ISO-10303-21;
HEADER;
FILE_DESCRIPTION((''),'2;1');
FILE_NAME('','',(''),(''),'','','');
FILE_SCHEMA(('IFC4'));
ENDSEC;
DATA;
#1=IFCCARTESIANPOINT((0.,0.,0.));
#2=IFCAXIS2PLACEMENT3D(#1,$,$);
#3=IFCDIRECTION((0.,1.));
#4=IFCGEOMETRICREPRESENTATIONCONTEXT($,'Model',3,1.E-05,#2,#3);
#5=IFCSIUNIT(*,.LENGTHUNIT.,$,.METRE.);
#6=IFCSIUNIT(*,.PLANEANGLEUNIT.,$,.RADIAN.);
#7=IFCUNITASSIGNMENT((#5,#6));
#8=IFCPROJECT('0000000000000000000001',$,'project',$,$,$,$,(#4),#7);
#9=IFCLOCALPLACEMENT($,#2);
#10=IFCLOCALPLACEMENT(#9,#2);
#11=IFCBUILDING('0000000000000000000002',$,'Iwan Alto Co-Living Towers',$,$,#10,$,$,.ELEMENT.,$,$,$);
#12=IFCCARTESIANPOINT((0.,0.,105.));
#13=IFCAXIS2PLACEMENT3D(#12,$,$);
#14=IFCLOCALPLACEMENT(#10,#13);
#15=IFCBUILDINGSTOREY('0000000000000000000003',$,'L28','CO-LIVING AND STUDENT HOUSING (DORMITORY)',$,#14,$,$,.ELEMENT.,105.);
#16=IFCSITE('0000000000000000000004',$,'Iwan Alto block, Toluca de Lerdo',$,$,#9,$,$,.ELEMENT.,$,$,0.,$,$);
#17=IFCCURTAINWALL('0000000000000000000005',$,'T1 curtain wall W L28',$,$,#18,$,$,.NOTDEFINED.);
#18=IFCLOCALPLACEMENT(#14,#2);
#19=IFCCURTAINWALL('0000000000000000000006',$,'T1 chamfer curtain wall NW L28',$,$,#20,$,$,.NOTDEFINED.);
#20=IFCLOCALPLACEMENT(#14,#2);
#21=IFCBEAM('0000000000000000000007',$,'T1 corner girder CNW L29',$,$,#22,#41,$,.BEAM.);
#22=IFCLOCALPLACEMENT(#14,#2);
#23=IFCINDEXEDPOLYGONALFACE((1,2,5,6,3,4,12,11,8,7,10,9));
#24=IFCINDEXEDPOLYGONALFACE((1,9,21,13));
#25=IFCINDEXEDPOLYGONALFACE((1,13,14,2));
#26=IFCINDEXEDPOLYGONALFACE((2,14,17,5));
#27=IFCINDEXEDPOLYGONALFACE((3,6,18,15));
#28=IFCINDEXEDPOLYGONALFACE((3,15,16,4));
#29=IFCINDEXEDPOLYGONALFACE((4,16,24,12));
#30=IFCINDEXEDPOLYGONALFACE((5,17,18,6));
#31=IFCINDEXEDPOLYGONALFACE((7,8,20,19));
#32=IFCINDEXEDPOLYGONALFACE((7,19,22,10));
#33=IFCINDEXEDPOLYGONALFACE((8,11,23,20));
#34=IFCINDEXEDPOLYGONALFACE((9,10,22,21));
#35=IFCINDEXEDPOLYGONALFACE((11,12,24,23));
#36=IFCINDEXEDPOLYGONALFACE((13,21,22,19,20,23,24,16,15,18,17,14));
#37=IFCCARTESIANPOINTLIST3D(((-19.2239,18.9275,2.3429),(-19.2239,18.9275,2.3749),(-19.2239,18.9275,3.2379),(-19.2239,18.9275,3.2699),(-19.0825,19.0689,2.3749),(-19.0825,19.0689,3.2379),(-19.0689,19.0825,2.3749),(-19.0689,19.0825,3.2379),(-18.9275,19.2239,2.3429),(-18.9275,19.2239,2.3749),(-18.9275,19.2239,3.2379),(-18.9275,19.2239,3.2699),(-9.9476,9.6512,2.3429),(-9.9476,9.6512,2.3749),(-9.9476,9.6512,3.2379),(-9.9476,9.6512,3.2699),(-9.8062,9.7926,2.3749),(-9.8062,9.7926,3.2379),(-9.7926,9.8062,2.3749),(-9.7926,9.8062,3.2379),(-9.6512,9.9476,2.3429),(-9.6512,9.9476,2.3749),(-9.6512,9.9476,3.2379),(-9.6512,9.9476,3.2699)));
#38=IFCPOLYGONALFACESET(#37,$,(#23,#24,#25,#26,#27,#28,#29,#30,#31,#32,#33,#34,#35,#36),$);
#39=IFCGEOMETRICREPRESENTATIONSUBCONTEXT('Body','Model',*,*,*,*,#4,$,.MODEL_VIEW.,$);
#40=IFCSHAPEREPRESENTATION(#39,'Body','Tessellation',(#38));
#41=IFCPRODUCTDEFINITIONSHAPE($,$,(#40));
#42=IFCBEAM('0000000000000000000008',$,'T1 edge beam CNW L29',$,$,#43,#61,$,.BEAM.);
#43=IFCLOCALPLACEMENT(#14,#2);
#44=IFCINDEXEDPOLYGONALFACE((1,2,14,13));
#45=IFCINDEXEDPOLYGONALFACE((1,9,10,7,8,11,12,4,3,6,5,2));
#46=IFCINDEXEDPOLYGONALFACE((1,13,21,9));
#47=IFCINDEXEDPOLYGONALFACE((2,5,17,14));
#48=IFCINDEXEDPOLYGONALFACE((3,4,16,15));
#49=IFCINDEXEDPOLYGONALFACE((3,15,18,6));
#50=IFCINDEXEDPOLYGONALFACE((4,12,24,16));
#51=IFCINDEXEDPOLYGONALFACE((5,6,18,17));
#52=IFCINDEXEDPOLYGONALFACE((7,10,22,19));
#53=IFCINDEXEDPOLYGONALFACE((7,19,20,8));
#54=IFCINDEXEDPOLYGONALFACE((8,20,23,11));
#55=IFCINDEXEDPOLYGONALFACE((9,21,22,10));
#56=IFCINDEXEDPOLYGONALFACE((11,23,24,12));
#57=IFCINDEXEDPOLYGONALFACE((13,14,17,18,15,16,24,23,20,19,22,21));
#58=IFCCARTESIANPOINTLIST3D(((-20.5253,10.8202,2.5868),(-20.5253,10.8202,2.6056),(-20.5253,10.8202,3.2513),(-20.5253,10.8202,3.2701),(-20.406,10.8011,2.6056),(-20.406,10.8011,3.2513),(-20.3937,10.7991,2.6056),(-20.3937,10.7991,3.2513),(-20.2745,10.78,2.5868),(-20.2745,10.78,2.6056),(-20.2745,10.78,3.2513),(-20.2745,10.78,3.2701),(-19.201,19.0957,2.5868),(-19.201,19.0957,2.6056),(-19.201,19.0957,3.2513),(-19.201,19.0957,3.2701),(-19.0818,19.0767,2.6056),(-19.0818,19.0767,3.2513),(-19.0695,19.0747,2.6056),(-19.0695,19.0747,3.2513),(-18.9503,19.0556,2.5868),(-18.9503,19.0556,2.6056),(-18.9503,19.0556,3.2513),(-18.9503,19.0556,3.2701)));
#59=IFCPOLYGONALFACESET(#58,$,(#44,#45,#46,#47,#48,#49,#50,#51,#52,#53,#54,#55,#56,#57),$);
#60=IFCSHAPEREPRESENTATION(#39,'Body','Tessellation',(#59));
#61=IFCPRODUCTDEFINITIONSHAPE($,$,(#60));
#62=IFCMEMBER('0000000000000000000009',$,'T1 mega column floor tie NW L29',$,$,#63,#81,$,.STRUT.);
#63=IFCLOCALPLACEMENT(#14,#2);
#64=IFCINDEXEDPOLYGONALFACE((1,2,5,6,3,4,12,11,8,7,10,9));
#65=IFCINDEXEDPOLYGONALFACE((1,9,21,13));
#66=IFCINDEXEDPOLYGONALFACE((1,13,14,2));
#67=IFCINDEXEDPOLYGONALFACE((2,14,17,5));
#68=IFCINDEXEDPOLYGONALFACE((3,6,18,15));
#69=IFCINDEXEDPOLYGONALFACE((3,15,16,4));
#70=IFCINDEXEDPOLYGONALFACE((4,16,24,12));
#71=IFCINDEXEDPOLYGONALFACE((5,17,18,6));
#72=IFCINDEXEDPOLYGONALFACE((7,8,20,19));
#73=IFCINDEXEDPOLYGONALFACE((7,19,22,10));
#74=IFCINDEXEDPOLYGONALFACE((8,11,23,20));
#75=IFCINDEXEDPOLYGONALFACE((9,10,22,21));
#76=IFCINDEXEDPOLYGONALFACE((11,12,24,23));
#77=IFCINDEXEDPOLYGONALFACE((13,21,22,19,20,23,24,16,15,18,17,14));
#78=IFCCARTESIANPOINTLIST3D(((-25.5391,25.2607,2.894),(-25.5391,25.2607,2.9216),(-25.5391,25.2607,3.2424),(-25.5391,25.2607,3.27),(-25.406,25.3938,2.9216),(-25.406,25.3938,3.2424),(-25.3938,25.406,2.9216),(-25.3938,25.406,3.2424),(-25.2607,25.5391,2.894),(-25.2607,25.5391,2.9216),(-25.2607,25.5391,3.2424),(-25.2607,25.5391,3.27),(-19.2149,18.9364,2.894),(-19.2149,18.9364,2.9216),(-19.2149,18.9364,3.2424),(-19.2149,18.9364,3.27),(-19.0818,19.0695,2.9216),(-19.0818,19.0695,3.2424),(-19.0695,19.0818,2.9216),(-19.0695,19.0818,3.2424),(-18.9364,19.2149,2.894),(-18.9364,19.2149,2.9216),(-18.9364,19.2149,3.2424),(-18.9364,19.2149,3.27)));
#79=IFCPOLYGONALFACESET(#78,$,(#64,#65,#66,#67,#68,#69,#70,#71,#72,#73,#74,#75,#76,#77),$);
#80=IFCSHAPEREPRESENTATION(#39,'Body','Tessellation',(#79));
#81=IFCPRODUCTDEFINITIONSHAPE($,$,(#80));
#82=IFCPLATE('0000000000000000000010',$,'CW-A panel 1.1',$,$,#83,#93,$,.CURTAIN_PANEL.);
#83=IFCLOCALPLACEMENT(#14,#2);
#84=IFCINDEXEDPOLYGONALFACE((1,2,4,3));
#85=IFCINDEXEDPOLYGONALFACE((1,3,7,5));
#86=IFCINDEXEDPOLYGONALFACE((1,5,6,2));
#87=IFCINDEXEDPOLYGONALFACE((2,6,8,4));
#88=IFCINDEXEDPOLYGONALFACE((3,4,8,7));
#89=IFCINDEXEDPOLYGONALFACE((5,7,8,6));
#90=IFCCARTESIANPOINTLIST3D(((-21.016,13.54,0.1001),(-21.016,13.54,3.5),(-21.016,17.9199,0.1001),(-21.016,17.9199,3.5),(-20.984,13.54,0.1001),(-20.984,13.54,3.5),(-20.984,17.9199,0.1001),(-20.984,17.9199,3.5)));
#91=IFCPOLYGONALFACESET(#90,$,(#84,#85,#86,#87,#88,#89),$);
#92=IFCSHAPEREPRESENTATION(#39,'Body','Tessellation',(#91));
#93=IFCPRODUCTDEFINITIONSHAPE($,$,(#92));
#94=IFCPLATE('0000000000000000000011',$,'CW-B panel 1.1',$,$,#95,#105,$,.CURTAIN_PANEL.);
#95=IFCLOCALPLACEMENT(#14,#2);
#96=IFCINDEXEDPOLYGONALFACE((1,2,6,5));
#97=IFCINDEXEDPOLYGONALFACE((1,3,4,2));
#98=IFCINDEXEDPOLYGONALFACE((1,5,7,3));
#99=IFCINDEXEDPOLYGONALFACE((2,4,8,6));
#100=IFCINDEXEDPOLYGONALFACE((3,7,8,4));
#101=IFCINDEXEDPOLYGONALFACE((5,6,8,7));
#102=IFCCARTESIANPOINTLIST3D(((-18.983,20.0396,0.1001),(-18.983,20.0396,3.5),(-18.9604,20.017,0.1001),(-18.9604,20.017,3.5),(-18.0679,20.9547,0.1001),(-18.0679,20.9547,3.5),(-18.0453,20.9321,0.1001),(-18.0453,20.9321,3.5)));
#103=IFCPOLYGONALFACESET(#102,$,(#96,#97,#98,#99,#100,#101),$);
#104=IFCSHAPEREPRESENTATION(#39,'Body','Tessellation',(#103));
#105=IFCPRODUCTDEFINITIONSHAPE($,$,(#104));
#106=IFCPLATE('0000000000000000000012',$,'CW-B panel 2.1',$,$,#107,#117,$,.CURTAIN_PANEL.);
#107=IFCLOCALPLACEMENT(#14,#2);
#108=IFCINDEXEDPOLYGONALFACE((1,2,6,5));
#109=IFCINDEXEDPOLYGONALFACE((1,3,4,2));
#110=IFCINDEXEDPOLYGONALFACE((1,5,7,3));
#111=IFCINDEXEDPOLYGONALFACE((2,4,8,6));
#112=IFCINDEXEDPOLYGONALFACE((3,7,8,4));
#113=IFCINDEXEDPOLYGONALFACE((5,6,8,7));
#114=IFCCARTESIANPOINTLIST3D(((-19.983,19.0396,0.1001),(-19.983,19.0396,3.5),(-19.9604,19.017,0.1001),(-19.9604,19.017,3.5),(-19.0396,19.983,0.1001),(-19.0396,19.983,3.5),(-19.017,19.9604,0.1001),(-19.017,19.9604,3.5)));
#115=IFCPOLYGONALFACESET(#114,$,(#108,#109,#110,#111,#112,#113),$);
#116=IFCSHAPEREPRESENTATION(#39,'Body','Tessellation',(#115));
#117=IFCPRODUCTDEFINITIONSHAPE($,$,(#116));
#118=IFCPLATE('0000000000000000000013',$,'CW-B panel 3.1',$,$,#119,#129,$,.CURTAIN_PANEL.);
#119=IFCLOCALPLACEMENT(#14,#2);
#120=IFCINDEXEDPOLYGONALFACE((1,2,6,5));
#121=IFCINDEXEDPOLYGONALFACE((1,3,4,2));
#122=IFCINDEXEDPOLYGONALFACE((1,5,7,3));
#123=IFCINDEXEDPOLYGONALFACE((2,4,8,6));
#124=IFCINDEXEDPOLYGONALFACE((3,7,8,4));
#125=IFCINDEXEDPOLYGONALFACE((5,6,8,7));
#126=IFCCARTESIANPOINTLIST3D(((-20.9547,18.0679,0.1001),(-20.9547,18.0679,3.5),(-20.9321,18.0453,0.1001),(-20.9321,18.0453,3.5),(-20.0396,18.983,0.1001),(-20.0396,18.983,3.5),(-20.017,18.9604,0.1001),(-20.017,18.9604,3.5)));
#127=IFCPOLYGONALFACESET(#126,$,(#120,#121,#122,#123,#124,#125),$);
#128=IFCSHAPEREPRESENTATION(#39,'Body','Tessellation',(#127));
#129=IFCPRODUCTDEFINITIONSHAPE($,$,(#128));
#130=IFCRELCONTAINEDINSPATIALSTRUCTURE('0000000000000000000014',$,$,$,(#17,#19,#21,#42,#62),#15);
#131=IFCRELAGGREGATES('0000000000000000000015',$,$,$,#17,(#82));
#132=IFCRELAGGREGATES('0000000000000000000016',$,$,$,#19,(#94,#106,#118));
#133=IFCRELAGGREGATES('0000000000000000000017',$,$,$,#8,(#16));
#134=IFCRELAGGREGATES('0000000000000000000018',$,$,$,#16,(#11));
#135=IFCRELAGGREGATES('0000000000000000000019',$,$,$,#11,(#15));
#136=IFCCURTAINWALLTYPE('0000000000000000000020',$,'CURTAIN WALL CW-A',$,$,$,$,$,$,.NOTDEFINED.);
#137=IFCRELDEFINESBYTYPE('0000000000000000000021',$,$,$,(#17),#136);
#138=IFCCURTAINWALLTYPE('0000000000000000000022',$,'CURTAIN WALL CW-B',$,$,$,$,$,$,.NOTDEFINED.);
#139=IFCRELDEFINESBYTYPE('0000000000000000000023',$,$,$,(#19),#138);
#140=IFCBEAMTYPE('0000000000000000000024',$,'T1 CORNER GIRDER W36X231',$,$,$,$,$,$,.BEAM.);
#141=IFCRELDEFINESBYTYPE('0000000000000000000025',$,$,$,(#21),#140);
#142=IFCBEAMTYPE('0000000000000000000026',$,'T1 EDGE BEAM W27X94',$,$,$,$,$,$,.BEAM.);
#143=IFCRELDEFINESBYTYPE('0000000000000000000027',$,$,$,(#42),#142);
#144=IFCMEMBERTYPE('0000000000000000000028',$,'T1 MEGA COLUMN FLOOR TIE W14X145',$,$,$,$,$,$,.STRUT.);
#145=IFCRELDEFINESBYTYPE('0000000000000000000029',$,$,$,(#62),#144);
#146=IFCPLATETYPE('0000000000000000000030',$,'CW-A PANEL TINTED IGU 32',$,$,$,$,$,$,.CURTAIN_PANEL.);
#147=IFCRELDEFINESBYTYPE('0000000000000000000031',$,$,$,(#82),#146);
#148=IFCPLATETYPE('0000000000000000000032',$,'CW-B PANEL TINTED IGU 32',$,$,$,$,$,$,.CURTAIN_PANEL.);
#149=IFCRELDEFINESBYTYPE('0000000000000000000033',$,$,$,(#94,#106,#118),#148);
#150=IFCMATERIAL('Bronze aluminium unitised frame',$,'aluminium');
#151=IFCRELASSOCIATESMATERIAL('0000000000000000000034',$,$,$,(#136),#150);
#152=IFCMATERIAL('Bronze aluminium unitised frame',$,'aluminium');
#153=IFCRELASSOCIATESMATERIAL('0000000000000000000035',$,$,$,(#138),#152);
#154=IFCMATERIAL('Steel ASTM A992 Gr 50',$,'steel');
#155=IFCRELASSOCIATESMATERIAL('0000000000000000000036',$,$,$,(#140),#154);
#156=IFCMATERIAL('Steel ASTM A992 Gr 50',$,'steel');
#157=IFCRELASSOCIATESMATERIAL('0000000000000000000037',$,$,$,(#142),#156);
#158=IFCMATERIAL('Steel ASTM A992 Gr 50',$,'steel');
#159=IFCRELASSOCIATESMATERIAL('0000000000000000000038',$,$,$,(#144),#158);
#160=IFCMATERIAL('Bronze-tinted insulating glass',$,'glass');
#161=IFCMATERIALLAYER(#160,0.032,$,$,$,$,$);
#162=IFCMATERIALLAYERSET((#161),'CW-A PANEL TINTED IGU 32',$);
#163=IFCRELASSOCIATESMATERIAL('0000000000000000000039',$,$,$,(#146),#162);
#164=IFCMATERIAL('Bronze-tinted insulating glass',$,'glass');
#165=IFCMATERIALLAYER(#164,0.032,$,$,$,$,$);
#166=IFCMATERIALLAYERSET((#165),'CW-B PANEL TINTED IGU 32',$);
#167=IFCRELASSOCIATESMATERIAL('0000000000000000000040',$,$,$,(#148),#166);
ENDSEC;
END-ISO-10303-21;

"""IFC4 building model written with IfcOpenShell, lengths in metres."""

from ifc_helpers import new_model, si_unit, direction, frame, origin, origin_2d, place, context, subcontext, project, spatial, rectangle, i_section, extrude, material, layer, layer_set, material_profile, profile_set, type_object, element, aggregate, save


model = new_model("IFC4")

# Units and contexts
model_context = context("Model", 3, precision=1e-05, world=origin(), true_north=direction((0.0, 1.0)))
body_context = subcontext(model_context, "Body", "Model", "MODEL_VIEW")
ifc_project = project(units=[si_unit("LENGTHUNIT", "METRE"), si_unit("PLANEANGLEUNIT", "RADIAN")], contexts=[model_context])

# Site, building, storey
site_placement = place(None, origin())
site = spatial("IfcSite", under=ifc_project, at=site_placement, Name="Iwan Alto block, Toluca de Lerdo", CompositionType="ELEMENT", RefElevation=0.0)
building_placement = place(site_placement, origin())
building = spatial("IfcBuilding", under=site, at=building_placement, Name="Iwan Alto Co-Living Towers", CompositionType="ELEMENT")
storey_placement = place(building_placement, frame((0.0, 0.0, 105.0)))
storey = spatial("IfcBuildingStorey", under=building, at=storey_placement, Name="L28", Description="CO-LIVING AND STUDENT HOUSING (DORMITORY)", CompositionType="ELEMENT", Elevation=105.0)

# Shared definitions
ifc_material_1 = material(Name="Bronze aluminium unitised frame", Category="aluminium")
curtain_wall_type_1 = type_object("IfcCurtainWallType", Name="CURTAIN WALL CW-A", PredefinedType="NOTDEFINED", material=ifc_material_1)

# Curtain walls
curtain_wall_1_placement = place(storey_placement, origin())
curtain_wall_1 = element("IfcCurtainWall", 1, at=curtain_wall_1_placement, inside=storey, type_object=curtain_wall_type_1, Name="T1 curtain wall W L28", PredefinedType="NOTDEFINED")
ifc_material_2 = material(Name="Bronze aluminium unitised frame", Category="aluminium")
curtain_wall_type_2 = type_object("IfcCurtainWallType", Name="CURTAIN WALL CW-B", PredefinedType="NOTDEFINED", material=ifc_material_2)
curtain_wall_2_placement = place(storey_placement, origin())
curtain_wall_2 = element("IfcCurtainWall", 2, at=curtain_wall_2_placement, inside=storey, type_object=curtain_wall_type_2, Name="T1 chamfer curtain wall NW L28", PredefinedType="NOTDEFINED")

# Beams
ifc_material_3 = material(Name="Steel ASTM A992 Gr 50", Category="steel")
ifc_material_profile_1 = material_profile(ifc_material_3, i_section(OverallWidth=0.4192, OverallDepth=0.927, WebThickness=0.0193, FlangeThickness=0.032, at=origin_2d()), Name="W36X231")
ifc_profile_set_1 = profile_set([ifc_material_profile_1], Name="Steel ASTM A992 Gr 50")
beam_type_1 = type_object("IfcBeamType", Name="T1 CORNER GIRDER W36X231", PredefinedType="BEAM", material=ifc_profile_set_1)
beam_1_placement = place(storey_placement, frame((-19.0757, 19.0757, 2.8064), z_axis=(0.707107, -0.707107, 0.0), x_axis=(0.707107, 0.707107, 0.0)))
element("IfcBeam", 3, at=beam_1_placement, inside=storey, type_object=beam_type_1, Name="T1 corner girder CNW L29", PredefinedType="BEAM", context=body_context, shape_type="SweptSolid", body=[
    extrude(i_section(OverallWidth=0.4192, OverallDepth=0.927, WebThickness=0.0193, FlangeThickness=0.032, at=origin_2d()), origin(), (0.0, 0.0, 1.0), 13.1187),
])
ifc_material_4 = material(Name="Steel ASTM A992 Gr 50", Category="steel")
ifc_material_profile_2 = material_profile(ifc_material_4, i_section(OverallWidth=0.2539, OverallDepth=0.6833, WebThickness=0.0125, FlangeThickness=0.0188, at=origin_2d()), Name="W27X94")
ifc_profile_set_2 = profile_set([ifc_material_profile_2], Name="Steel ASTM A992 Gr 50")
beam_type_2 = type_object("IfcBeamType", Name="T1 EDGE BEAM W27X94", PredefinedType="BEAM", material=ifc_profile_set_2)
beam_2_placement = place(storey_placement, frame((-19.0757, 19.0757, 2.9285), z_axis=(-0.158004, -0.987438, 0.0), x_axis=(0.987438, -0.158004, 0.0)))
element("IfcBeam", 4, at=beam_2_placement, inside=storey, type_object=beam_type_2, Name="T1 edge beam CNW L29", PredefinedType="BEAM", context=body_context, shape_type="SweptSolid", body=[
    extrude(i_section(OverallWidth=0.2539, OverallDepth=0.6833, WebThickness=0.0125, FlangeThickness=0.0188, at=origin_2d()), origin(), (0.0, 0.0, 1.0), 8.3809),
])

# Member
ifc_material_5 = material(Name="Steel ASTM A992 Gr 50", Category="steel")
ifc_material_profile_3 = material_profile(ifc_material_5, i_section(OverallWidth=0.3938, OverallDepth=0.376, WebThickness=0.0173, FlangeThickness=0.0276, at=origin_2d()), Name="W14X145")
ifc_profile_set_3 = profile_set([ifc_material_profile_3], Name="Steel ASTM A992 Gr 50")
member_type_1 = type_object("IfcMemberType", Name="T1 MEGA COLUMN FLOOR TIE W14X145", PredefinedType="STRUT", material=ifc_profile_set_3)
member_1_placement = place(storey_placement, frame((-25.3999, 25.3999, 3.082), z_axis=(0.707107, -0.707107, 0.0), x_axis=(0.707107, 0.707107, 0.0)))
element("IfcMember", 5, at=member_1_placement, inside=storey, type_object=member_type_1, Name="T1 mega column floor tie NW L29", PredefinedType="STRUT", context=body_context, shape_type="SweptSolid", body=[
    extrude(i_section(OverallWidth=0.3938, OverallDepth=0.376, WebThickness=0.0173, FlangeThickness=0.0276, at=origin_2d()), origin(), (0.0, 0.0, 1.0), 8.9438),
])

# Plates
ifc_material_6 = material(Name="Bronze-tinted insulating glass", Category="glass")
ifc_layer_1 = layer(ifc_material_6, 0.032)
ifc_layer_set_1 = layer_set([ifc_layer_1], Name="CW-A PANEL TINTED IGU 32")
plate_type_1 = type_object("IfcPlateType", Name="CW-A PANEL TINTED IGU 32", PredefinedType="CURTAIN_PANEL", material=ifc_layer_set_1)
plate_1_placement = place(storey_placement, frame((-21.0, 15.73, 0.1001), z_axis=(0.0, 0.0, 1.0), x_axis=(0.0, -1.0, 0.0)))
plate_1 = element("IfcPlate", 6, at=plate_1_placement, type_object=plate_type_1, Name="CW-A panel 1.1", PredefinedType="CURTAIN_PANEL", context=body_context, shape_type="SweptSolid", body=[
    extrude(rectangle(XDim=4.3799, YDim=0.032, at=origin_2d()), origin(), (0.0, 0.0, 1.0), 3.3999),
])
aggregate(curtain_wall_1, [plate_1])
ifc_material_7 = material(Name="Bronze-tinted insulating glass", Category="glass")
ifc_layer_2 = layer(ifc_material_7, 0.032)
ifc_layer_set_2 = layer_set([ifc_layer_2], Name="CW-B PANEL TINTED IGU 32")
plate_type_2 = type_object("IfcPlateType", Name="CW-B PANEL TINTED IGU 32", PredefinedType="CURTAIN_PANEL", material=ifc_layer_set_2)
plate_2_placement = place(storey_placement, frame((-18.5142, 20.4858, 0.1001), z_axis=(0.0, 0.0, 1.0), x_axis=(-0.707107, -0.707107, 0.0)))
plate_2 = element("IfcPlate", 7, at=plate_2_placement, type_object=plate_type_2, Name="CW-B panel 1.1", PredefinedType="CURTAIN_PANEL", context=body_context, shape_type="SweptSolid", body=[
    extrude(rectangle(XDim=1.2942, YDim=0.032, at=origin_2d()), origin(), (0.0, 0.0, 1.0), 3.3999),
])
plate_3_placement = place(storey_placement, frame((-19.5, 19.5, 0.1001), z_axis=(0.0, 0.0, 1.0), x_axis=(-0.707107, -0.707107, 0.0)))
plate_3 = element("IfcPlate", 8, at=plate_3_placement, type_object=plate_type_2, Name="CW-B panel 2.1", PredefinedType="CURTAIN_PANEL", context=body_context, shape_type="SweptSolid", body=[
    extrude(rectangle(XDim=1.3342, YDim=0.032, at=origin_2d()), origin(), (0.0, 0.0, 1.0), 3.3999),
])
plate_4_placement = place(storey_placement, frame((-20.4858, 18.5142, 0.1001), z_axis=(0.0, 0.0, 1.0), x_axis=(-0.707107, -0.707107, 0.0)))
plate_4 = element("IfcPlate", 9, at=plate_4_placement, type_object=plate_type_2, Name="CW-B panel 3.1", PredefinedType="CURTAIN_PANEL", context=body_context, shape_type="SweptSolid", body=[
    extrude(rectangle(XDim=1.2942, YDim=0.032, at=origin_2d()), origin(), (0.0, 0.0, 1.0), 3.3999),
])
aggregate(curtain_wall_2, [plate_2, plate_3, plate_4])

save(model, "model.ifc")
